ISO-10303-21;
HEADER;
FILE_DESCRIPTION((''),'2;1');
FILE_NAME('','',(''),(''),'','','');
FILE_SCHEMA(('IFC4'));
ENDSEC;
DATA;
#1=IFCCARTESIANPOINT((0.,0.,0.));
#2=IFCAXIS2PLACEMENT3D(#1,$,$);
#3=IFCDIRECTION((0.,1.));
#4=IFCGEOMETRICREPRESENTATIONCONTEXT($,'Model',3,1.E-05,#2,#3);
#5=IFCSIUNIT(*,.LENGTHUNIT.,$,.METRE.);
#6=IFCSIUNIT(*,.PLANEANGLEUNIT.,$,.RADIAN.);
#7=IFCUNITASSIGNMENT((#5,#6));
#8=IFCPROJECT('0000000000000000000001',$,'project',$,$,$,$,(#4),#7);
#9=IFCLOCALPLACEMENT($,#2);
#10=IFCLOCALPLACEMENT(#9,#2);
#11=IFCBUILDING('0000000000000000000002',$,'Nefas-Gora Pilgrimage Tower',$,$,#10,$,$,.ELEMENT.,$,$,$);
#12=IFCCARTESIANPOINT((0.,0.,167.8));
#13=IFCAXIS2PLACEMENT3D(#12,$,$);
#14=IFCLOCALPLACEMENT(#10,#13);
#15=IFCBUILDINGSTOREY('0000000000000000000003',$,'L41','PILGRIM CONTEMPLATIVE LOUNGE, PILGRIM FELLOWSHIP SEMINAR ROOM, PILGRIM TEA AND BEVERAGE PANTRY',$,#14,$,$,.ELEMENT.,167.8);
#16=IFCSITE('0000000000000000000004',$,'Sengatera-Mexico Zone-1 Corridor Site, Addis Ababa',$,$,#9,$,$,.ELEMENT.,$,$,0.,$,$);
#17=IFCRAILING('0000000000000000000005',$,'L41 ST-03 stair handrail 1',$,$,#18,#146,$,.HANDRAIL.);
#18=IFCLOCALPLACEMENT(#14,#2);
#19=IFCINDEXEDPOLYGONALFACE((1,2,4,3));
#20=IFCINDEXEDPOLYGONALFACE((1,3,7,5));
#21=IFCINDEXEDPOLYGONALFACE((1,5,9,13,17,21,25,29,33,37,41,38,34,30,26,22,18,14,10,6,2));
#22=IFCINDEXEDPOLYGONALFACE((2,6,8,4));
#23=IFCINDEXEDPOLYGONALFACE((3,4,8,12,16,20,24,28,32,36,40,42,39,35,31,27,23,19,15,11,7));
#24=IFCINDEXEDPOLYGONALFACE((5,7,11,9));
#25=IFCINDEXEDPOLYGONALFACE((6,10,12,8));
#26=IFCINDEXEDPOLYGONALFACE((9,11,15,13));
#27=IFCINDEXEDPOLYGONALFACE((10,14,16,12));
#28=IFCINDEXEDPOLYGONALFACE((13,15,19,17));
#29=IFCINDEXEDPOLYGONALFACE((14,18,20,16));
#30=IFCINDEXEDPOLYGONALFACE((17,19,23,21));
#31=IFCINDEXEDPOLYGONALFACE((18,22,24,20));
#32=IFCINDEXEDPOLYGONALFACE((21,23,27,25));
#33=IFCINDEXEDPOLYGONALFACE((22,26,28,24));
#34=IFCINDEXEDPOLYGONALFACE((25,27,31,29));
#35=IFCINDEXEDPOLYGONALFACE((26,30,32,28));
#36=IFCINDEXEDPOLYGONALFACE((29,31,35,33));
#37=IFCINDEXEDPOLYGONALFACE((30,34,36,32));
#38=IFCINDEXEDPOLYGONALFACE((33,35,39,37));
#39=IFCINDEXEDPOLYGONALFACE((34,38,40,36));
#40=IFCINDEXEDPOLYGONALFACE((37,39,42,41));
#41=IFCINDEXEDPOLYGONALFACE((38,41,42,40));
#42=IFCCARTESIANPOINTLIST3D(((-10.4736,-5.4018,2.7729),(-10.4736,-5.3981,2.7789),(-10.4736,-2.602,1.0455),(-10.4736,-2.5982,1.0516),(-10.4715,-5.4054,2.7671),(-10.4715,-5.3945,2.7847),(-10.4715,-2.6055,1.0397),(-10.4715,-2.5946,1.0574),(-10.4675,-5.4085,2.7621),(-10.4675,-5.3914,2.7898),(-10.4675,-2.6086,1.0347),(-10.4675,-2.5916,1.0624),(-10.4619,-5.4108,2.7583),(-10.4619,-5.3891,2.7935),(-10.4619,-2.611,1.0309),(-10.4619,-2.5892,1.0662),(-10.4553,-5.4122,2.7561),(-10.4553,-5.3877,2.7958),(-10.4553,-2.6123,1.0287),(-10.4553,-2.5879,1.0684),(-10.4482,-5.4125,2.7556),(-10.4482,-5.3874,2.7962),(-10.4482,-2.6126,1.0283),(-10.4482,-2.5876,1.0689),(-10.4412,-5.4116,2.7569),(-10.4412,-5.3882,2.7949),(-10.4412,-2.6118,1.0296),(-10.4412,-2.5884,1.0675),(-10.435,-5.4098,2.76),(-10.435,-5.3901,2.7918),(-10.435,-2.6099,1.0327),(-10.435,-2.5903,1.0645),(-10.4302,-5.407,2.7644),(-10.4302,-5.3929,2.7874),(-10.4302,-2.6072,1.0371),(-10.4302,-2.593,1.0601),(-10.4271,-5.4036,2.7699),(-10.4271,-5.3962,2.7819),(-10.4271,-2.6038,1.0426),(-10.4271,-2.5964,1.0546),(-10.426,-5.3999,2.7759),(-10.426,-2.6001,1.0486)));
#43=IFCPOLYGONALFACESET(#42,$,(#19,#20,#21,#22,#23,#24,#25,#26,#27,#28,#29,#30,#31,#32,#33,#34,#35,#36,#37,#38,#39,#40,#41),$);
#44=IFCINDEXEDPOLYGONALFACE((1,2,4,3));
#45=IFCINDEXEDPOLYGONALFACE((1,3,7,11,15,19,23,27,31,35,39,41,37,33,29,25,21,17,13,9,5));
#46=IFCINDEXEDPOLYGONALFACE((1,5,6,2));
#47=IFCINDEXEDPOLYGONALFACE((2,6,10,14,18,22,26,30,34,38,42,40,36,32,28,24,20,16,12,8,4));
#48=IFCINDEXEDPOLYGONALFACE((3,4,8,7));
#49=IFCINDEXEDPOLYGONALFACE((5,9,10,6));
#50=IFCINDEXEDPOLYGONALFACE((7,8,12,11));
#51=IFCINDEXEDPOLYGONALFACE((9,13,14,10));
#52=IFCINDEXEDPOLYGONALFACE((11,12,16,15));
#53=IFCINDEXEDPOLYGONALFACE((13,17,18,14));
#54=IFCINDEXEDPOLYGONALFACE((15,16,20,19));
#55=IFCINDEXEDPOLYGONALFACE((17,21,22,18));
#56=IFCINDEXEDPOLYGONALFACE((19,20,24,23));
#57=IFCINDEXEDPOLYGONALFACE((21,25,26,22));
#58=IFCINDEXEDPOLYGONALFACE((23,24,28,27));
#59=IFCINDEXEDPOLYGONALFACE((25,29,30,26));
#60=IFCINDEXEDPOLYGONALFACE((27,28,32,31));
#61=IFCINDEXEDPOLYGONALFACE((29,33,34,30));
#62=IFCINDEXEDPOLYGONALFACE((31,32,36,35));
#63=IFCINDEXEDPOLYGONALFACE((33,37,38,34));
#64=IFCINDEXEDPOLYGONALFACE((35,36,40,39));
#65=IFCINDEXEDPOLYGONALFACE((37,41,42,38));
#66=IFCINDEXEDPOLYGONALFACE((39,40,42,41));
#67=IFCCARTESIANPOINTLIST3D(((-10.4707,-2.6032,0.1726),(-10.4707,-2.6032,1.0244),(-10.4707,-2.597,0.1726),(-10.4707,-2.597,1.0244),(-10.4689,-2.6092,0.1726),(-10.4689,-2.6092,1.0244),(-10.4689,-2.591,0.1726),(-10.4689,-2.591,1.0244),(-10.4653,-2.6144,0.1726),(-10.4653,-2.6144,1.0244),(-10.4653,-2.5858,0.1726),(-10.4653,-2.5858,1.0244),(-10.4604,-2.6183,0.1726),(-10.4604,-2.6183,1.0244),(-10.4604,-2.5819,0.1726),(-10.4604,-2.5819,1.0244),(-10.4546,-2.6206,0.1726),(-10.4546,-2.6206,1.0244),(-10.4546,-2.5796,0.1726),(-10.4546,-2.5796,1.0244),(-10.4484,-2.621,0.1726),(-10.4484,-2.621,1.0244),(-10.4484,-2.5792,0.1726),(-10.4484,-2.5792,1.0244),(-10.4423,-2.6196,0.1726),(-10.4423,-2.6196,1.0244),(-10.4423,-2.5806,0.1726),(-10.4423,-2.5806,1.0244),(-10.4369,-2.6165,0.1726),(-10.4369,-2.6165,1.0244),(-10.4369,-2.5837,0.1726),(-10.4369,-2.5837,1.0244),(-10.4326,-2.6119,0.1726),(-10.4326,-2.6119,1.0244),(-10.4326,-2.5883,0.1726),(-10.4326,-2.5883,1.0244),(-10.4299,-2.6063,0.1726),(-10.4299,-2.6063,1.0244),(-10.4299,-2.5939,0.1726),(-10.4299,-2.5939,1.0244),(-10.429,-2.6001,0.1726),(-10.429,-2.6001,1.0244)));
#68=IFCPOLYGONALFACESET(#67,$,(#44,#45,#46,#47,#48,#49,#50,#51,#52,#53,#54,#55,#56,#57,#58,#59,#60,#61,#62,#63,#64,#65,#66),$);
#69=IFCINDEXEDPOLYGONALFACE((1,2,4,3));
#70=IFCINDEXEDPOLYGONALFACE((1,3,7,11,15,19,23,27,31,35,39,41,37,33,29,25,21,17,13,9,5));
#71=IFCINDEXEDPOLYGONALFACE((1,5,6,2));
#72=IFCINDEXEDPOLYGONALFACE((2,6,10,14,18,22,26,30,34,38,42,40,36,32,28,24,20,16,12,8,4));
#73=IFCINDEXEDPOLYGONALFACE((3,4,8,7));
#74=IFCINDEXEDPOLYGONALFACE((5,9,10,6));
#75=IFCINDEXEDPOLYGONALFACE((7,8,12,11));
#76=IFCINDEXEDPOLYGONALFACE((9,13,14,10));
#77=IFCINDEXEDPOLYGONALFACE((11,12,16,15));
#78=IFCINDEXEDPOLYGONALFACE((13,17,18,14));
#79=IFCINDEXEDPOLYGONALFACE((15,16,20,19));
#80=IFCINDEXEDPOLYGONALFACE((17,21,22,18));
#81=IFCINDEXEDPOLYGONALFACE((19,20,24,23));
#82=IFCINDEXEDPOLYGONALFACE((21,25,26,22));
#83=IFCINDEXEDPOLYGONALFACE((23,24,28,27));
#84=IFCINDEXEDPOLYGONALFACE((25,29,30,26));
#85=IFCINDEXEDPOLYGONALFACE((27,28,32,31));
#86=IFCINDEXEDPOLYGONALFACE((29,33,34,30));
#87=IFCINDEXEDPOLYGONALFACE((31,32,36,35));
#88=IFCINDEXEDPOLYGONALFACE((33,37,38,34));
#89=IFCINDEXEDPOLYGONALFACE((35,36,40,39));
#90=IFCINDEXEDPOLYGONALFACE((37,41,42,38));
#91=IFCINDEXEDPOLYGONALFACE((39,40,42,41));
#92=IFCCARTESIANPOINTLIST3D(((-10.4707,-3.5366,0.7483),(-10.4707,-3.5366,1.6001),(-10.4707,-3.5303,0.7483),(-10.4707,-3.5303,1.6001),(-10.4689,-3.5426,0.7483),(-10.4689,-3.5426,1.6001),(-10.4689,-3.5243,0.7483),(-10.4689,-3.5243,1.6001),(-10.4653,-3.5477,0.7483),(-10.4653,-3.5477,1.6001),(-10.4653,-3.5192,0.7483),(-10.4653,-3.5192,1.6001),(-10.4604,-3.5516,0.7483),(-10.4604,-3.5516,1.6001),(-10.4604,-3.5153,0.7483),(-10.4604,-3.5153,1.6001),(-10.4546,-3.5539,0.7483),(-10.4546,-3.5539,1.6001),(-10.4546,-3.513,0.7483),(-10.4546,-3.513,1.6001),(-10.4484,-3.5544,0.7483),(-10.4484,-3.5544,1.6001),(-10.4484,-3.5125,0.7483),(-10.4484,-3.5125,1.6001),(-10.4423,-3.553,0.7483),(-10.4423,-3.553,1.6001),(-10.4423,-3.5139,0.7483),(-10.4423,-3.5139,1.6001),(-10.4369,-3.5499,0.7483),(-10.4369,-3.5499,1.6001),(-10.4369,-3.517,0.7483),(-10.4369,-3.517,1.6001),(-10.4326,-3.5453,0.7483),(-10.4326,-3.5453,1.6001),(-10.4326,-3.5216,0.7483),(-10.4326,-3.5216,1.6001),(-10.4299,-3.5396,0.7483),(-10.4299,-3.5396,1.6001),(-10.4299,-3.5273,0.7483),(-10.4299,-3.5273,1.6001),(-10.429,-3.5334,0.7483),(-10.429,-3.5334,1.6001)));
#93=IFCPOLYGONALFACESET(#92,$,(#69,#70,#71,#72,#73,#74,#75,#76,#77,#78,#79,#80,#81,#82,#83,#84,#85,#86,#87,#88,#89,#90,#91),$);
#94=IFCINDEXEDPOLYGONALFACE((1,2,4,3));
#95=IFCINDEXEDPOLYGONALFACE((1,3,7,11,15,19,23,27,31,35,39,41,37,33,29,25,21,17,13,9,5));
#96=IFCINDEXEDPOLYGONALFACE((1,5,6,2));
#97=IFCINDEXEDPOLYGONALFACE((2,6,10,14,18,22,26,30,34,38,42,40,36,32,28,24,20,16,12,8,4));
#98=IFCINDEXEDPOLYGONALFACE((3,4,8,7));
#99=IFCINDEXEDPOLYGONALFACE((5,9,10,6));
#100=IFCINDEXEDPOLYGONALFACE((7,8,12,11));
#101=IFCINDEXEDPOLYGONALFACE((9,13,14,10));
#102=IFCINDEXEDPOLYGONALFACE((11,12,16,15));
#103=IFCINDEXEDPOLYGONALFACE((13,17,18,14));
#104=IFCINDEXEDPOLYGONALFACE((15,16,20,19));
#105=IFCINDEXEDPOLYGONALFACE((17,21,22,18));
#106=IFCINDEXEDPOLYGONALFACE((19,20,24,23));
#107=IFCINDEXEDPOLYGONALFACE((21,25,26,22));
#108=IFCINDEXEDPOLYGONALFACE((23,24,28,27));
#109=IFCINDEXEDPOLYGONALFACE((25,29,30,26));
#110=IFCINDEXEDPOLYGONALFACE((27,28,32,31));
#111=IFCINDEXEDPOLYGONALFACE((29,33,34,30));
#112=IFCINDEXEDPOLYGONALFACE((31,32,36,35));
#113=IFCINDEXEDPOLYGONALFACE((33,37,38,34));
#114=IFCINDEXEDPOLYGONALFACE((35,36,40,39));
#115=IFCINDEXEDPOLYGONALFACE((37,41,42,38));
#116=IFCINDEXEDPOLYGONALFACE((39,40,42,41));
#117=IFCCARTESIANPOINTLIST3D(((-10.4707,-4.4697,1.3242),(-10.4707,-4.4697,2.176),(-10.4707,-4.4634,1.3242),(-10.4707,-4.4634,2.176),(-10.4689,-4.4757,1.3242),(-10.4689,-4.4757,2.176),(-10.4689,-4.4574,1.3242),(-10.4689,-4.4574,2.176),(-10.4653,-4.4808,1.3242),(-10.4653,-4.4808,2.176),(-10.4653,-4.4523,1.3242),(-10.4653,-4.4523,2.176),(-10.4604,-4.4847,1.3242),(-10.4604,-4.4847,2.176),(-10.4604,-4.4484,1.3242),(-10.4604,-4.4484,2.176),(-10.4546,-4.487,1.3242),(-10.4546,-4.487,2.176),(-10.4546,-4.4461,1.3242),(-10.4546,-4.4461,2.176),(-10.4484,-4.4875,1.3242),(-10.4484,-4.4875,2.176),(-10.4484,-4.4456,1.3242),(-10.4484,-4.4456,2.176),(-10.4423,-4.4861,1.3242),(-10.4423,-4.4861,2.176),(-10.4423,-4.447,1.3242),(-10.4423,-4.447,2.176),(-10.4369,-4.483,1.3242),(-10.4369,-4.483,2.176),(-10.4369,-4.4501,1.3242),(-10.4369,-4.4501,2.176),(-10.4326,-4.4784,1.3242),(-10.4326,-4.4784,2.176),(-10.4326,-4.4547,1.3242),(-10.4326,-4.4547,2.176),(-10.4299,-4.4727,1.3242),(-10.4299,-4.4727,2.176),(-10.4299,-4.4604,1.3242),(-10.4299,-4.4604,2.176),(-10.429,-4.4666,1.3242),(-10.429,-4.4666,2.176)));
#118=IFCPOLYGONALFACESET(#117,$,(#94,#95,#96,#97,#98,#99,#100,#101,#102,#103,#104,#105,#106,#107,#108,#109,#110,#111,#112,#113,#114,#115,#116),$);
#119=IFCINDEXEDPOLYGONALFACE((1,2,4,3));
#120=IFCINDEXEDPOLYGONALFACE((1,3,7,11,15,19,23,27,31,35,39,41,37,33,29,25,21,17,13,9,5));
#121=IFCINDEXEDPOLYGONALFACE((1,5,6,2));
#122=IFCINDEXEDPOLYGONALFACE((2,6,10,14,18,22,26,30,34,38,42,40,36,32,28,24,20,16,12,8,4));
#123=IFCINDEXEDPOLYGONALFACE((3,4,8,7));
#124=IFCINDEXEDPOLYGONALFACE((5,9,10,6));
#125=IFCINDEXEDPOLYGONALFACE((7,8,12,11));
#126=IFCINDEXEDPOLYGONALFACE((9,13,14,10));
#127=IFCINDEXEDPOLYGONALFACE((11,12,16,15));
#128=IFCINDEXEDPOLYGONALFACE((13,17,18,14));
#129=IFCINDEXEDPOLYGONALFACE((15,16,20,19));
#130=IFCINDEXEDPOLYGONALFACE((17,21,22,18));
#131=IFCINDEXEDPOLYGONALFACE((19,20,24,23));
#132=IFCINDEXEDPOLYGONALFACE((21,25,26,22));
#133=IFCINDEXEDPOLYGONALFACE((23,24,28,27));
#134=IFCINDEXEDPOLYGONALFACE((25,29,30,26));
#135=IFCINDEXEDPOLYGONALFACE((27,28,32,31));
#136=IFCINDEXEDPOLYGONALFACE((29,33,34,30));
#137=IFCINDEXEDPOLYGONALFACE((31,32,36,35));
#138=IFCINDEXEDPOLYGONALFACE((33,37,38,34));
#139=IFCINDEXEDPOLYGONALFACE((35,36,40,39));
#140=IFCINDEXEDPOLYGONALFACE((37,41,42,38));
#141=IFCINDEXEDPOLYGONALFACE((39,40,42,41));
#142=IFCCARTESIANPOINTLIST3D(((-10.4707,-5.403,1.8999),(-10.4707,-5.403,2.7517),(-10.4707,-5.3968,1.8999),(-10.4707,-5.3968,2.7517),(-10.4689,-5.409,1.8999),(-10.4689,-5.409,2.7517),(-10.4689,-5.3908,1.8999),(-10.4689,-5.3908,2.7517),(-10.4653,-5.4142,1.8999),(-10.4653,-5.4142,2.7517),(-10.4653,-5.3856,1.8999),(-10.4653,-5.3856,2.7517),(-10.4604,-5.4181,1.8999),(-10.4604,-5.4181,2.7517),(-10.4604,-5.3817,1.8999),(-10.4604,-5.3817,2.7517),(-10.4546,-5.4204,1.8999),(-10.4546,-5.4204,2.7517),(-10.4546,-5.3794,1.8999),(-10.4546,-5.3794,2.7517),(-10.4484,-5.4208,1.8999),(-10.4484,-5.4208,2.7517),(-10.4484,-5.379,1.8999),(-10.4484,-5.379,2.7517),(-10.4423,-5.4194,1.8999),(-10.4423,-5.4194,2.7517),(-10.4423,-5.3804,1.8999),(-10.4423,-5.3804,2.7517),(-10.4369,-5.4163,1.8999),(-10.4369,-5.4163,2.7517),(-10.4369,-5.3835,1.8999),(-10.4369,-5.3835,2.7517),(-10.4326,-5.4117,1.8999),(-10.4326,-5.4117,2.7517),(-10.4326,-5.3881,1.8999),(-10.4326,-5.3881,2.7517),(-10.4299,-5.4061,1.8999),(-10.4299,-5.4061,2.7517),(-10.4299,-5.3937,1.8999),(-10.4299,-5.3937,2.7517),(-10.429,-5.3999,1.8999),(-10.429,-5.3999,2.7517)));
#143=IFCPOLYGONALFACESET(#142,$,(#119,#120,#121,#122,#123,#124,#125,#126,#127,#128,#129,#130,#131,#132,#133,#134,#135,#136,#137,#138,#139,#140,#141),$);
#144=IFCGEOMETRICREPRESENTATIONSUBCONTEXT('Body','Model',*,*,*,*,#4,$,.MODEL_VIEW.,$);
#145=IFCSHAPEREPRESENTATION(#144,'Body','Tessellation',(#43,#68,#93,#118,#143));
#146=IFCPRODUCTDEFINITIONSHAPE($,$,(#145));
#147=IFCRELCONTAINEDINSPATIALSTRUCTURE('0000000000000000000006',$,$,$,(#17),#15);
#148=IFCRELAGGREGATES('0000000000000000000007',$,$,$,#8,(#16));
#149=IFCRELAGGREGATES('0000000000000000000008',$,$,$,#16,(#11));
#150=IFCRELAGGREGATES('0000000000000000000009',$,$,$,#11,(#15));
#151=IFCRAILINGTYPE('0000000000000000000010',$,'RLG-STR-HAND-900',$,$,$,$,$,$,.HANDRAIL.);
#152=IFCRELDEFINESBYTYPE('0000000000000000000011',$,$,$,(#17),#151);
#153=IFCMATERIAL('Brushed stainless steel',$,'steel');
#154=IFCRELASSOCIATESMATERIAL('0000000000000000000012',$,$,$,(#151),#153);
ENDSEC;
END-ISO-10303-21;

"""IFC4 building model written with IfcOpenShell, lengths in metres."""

from ifc_helpers import new_model, si_unit, direction, frame, origin, origin_2d, place, context, subcontext, project, spatial, circle, extrude, material, type_object, element, save


model = new_model("IFC4")

# Units and contexts
model_context = context("Model", 3, precision=1e-05, world=origin(), true_north=direction((0.0, 1.0)))
body_context = subcontext(model_context, "Body", "Model", "MODEL_VIEW")
ifc_project = project(units=[si_unit("LENGTHUNIT", "METRE"), si_unit("PLANEANGLEUNIT", "RADIAN")], contexts=[model_context])

# Site, building, storey
site_placement = place(None, origin())
site = spatial("IfcSite", under=ifc_project, at=site_placement, Name="Sengatera-Mexico Zone-1 Corridor Site, Addis Ababa", CompositionType="ELEMENT", RefElevation=0.0)
building_placement = place(site_placement, origin())
building = spatial("IfcBuilding", under=site, at=building_placement, Name="Nefas-Gora Pilgrimage Tower", CompositionType="ELEMENT")
storey_placement = place(building_placement, frame((0.0, 0.0, 167.8)))
storey = spatial("IfcBuildingStorey", under=building, at=storey_placement, Name="L41", Description="PILGRIM CONTEMPLATIVE LOUNGE, PILGRIM FELLOWSHIP SEMINAR ROOM, PILGRIM TEA AND BEVERAGE PANTRY", CompositionType="ELEMENT", Elevation=167.8)

# Railing
ifc_material_1 = material(Name="Brushed stainless steel", Category="steel")
railing_type_1 = type_object("IfcRailingType", Name="RLG-STR-HAND-900", PredefinedType="HANDRAIL", material=ifc_material_1)
railing_1_placement = place(storey_placement, frame((-10.45, -2.6001, 0.1726)))
element("IfcRailing", 1, at=railing_1_placement, inside=storey, type_object=railing_type_1, Name="L41 ST-03 stair handrail 1", PredefinedType="HANDRAIL", context=body_context, shape_type="SweptSolid", body=[
    extrude(circle(Radius=0.0239, at=origin_2d()), frame((0.0, 0.0, 0.876), z_axis=(0.0, -0.851069, 0.525054), x_axis=(1.0, 0.0, 0.0)), (0.0, 0.0, 1.0), 3.2898),
    extrude(circle(Radius=0.021, at=origin_2d()), origin(), (0.0, 0.0, 1.0), 0.8518),
    extrude(circle(Radius=0.021, at=origin_2d()), frame((0.0, -0.9333, 0.5757)), (0.0, 0.0, 1.0), 0.8518),
    extrude(circle(Radius=0.021, at=origin_2d()), frame((0.0, -1.8665, 1.1516)), (0.0, 0.0, 1.0), 0.8518),
    extrude(circle(Radius=0.021, at=origin_2d()), frame((0.0, -2.7998, 1.7273)), (0.0, 0.0, 1.0), 0.8518),
])

save(model, "model.ifc")
